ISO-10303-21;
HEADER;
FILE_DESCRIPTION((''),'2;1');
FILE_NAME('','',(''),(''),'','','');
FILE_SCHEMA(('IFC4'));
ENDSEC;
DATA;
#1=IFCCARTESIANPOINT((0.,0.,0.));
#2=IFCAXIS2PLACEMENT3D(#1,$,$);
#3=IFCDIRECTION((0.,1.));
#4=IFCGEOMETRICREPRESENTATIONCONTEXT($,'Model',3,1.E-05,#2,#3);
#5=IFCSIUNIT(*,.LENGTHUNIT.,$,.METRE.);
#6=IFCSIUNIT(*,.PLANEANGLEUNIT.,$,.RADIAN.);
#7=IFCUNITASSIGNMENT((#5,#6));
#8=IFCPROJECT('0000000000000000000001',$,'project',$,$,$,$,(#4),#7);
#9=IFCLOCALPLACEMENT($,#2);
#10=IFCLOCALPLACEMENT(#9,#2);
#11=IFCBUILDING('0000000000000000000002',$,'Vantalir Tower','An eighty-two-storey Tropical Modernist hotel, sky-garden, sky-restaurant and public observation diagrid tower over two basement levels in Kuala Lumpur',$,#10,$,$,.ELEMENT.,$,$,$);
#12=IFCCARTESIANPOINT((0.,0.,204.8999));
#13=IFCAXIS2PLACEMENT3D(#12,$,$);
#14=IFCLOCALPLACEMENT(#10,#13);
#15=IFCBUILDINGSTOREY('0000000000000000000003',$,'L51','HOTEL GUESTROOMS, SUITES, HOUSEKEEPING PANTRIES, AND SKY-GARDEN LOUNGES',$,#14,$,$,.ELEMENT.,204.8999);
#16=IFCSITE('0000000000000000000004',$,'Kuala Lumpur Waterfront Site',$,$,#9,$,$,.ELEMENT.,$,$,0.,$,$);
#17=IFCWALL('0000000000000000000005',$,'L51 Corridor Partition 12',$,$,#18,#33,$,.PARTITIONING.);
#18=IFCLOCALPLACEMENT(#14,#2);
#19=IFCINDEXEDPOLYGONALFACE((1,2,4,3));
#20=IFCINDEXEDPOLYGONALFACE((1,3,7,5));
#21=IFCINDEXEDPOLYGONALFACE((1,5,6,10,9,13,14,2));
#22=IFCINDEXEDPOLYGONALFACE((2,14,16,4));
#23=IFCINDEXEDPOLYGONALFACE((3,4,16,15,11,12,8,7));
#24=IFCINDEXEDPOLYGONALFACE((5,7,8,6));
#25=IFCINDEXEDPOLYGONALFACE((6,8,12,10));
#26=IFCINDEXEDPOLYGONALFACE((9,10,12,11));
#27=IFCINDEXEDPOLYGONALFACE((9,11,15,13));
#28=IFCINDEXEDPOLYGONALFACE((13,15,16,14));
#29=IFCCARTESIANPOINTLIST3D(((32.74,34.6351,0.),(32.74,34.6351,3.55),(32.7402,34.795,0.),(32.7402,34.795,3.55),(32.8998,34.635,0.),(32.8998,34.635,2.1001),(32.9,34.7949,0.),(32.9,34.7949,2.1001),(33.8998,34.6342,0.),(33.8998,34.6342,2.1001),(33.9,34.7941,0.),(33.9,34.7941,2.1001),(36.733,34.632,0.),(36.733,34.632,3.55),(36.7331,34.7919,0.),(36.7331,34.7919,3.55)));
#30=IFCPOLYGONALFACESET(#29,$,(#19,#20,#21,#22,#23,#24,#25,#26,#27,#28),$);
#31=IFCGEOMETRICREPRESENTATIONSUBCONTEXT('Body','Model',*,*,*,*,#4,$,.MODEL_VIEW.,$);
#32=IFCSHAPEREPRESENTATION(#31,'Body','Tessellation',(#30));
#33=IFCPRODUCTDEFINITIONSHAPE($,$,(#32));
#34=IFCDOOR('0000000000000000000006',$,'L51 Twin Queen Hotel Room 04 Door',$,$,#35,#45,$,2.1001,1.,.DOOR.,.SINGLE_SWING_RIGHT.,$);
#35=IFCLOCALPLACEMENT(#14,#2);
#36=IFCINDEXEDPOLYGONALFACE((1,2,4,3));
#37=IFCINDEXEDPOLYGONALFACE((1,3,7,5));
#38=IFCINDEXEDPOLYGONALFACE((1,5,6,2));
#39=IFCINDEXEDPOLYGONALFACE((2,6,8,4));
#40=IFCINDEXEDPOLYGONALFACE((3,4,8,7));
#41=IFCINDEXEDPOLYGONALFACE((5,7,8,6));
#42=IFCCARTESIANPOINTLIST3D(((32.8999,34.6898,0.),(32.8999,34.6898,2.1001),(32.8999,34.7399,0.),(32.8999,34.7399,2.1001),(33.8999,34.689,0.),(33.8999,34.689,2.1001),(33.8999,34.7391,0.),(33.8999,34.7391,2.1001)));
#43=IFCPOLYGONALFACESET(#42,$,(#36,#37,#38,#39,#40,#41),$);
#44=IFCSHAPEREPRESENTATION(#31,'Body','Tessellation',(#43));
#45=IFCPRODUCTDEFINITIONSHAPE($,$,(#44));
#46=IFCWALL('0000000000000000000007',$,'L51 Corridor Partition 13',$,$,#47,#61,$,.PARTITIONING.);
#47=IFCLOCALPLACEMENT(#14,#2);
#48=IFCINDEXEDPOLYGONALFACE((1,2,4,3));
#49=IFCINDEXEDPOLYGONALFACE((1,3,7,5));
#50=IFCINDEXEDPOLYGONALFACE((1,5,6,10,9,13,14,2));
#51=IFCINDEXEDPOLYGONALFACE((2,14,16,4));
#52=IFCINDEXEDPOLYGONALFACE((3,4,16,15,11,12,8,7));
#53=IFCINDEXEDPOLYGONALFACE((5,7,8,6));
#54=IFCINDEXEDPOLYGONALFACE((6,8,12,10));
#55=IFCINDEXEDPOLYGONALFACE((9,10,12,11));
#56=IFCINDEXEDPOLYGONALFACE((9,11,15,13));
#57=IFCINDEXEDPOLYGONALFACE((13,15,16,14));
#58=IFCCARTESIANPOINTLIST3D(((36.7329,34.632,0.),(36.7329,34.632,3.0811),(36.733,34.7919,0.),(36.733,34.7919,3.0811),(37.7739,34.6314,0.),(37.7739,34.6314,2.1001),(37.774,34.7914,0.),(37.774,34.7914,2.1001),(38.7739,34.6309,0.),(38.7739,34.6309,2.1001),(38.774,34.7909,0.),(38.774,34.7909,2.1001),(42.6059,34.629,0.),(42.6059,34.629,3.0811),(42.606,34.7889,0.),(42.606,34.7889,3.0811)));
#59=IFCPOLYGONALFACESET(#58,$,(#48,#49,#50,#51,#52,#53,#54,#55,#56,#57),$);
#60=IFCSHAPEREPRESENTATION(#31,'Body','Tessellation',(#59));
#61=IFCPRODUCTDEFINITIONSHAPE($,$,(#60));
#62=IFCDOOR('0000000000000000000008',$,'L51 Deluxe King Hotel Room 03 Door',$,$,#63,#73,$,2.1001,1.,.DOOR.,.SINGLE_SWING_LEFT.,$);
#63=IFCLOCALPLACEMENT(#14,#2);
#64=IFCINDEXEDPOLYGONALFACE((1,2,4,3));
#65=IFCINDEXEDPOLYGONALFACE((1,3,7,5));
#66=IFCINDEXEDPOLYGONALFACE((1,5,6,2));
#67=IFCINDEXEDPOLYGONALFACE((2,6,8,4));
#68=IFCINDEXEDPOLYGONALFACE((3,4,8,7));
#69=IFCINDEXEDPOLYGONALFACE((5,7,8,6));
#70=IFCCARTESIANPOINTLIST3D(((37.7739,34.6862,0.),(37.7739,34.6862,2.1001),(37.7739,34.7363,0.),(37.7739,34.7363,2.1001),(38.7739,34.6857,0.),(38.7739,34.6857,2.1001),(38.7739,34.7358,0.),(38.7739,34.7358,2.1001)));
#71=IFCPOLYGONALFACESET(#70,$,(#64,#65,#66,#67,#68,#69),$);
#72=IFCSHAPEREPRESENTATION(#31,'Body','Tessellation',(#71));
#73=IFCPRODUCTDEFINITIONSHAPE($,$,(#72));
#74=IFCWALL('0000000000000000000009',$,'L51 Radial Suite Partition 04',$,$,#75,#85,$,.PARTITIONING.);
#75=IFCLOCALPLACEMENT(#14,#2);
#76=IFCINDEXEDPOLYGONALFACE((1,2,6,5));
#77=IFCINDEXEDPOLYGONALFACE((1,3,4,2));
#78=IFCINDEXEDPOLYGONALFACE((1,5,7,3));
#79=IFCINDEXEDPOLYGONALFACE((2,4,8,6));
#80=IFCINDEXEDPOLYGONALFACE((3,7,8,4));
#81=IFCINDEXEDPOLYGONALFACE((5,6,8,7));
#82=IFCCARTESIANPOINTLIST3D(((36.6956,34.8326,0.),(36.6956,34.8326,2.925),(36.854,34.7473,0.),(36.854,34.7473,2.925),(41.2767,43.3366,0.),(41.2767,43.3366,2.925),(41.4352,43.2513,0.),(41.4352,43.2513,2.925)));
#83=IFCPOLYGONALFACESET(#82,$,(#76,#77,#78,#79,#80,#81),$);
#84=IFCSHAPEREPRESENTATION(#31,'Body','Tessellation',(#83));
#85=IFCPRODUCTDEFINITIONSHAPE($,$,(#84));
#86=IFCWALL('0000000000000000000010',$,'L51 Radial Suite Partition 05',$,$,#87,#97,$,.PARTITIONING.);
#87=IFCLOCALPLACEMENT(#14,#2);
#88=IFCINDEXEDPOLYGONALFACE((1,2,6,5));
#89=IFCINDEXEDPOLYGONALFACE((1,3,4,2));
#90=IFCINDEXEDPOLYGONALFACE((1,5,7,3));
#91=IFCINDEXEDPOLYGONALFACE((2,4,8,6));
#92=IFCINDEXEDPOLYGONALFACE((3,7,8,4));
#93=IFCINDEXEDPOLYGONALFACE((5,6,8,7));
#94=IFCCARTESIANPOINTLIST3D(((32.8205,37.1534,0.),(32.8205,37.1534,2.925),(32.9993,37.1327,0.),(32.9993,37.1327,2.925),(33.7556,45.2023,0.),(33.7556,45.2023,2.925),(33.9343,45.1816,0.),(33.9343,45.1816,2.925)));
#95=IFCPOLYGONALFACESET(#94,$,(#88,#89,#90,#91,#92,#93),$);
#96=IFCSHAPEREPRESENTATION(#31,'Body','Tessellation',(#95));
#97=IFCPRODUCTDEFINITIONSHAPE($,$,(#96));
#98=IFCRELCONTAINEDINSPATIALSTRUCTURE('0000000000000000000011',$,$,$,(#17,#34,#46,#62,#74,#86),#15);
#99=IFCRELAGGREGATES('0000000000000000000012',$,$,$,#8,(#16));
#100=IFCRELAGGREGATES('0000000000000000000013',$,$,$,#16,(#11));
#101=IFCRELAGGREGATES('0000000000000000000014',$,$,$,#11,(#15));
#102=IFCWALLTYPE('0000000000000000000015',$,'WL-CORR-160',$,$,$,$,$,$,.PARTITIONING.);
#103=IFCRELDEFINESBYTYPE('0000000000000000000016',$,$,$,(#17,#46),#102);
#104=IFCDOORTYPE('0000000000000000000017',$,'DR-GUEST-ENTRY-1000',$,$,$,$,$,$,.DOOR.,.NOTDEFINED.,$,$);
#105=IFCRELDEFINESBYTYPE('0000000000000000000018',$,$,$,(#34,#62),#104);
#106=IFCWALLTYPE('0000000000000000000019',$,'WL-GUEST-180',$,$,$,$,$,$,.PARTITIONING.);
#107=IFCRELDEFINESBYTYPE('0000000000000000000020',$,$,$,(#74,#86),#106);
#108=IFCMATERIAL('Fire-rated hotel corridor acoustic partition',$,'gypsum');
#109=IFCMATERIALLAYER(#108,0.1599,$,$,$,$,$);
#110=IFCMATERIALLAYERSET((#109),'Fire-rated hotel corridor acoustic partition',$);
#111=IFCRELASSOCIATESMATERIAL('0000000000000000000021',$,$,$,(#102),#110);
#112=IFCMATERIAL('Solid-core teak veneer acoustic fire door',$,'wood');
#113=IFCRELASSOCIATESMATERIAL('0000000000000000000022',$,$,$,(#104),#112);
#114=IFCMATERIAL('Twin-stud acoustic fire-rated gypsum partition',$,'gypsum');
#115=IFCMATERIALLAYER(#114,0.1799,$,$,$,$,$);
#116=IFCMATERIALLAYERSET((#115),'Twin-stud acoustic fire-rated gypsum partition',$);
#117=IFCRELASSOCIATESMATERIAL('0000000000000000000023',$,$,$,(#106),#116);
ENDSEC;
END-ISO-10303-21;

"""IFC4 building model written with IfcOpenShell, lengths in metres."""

from ifc_helpers import new_model, si_unit, direction, frame, frame_2d, origin, place, context, subcontext, project, spatial, rectangle, extrude, material, layer, layer_set, type_object, element, fill, save


model = new_model("IFC4")

# Units and contexts
model_context = context("Model", 3, precision=1e-05, world=origin(), true_north=direction((0.0, 1.0)))
body_context = subcontext(model_context, "Body", "Model", "MODEL_VIEW")
ifc_project = project(units=[si_unit("LENGTHUNIT", "METRE"), si_unit("PLANEANGLEUNIT", "RADIAN")], contexts=[model_context])

# Site, building, storey
site_placement = place(None, origin())
site = spatial("IfcSite", under=ifc_project, at=site_placement, Name="Kuala Lumpur Waterfront Site", CompositionType="ELEMENT", RefElevation=0.0)
building_placement = place(site_placement, origin())
building = spatial("IfcBuilding", under=site, at=building_placement, Name="Vantalir Tower", Description="An eighty-two-storey Tropical Modernist hotel, sky-garden, sky-restaurant and public observation diagrid tower over two basement levels in Kuala Lumpur", CompositionType="ELEMENT")
storey_placement = place(building_placement, frame((0.0, 0.0, 204.8999)))
storey = spatial("IfcBuildingStorey", under=building, at=storey_placement, Name="L51", Description="HOTEL GUESTROOMS, SUITES, HOUSEKEEPING PANTRIES, AND SKY-GARDEN LOUNGES", CompositionType="ELEMENT", Elevation=204.8999)

# Shared definitions
ifc_material_1 = material(Name="Fire-rated hotel corridor acoustic partition", Category="gypsum")
ifc_layer_1 = layer(ifc_material_1, 0.1599)
ifc_layer_set_1 = layer_set([ifc_layer_1], Name="Fire-rated hotel corridor acoustic partition")
wall_type_1 = type_object("IfcWallType", Name="WL-CORR-160", PredefinedType="PARTITIONING", material=ifc_layer_set_1)

# Walls, openings, doors
wall_1_placement = place(storey_placement, frame((32.74, 34.7151, 0.0), z_axis=(0.0, 0.0, 1.0), x_axis=(1.0, -0.000795, 0.0)))
wall_1 = element("IfcWall", 1, at=wall_1_placement, inside=storey, type_object=wall_type_1, Name="L51 Corridor Partition 12", PredefinedType="PARTITIONING", context=body_context, shape_type="SweptSolid", body=[
    extrude(rectangle(XDim=3.9929, YDim=0.1599, at=frame_2d((1.9966, 0.0))), origin(), (0.0, 0.0, 1.0), 3.55),
])
opening_1_placement = place(wall_1_placement, frame((0.1599, 0.0, 0.0)))
opening_1 = element("IfcOpeningElement", 2, at=opening_1_placement, cuts=wall_1, PredefinedType="OPENING", context=body_context, shape_type="SweptSolid", body=[
    extrude(rectangle(XDim=1.0, YDim=2.1001, at=frame_2d((0.5, 1.05))), frame((0.0, 0.0898, 0.0), z_axis=(0.0, -1.0, 0.0), x_axis=(1.0, 0.0, 0.0)), (0.0, 0.0, 1.0), 0.1799),
])
ifc_material_2 = material(Name="Solid-core teak veneer acoustic fire door", Category="wood")
door_type_1 = type_object("IfcDoorType", Name="DR-GUEST-ENTRY-1000", OperationType="NOTDEFINED", PredefinedType="DOOR", material=ifc_material_2)
door_1_placement = place(opening_1_placement, origin())
door_1 = element("IfcDoor", 3, at=door_1_placement, inside=storey, type_object=door_type_1, Name="L51 Twin Queen Hotel Room 04 Door", OperationType="SINGLE_SWING_RIGHT", OverallHeight=2.1001, OverallWidth=1.0, PredefinedType="DOOR", context=body_context, shape_type="SweptSolid", body=[
    extrude(rectangle(XDim=1.0, YDim=2.1001, at=frame_2d((0.5, 1.05))), frame((0.0, 0.0249, 0.0), z_axis=(0.0, -1.0, 0.0), x_axis=(1.0, 0.0, 0.0)), (0.0, 0.0, 1.0), 0.05),
])
fill(opening_1, door_1)
wall_2_placement = place(storey_placement, frame((36.7329, 34.7119, 0.0), z_axis=(0.0, 0.0, 1.0), x_axis=(1.0, -0.000499, 0.0)))
wall_2 = element("IfcWall", 4, at=wall_2_placement, inside=storey, type_object=wall_type_1, Name="L51 Corridor Partition 13", PredefinedType="PARTITIONING", context=body_context, shape_type="SweptSolid", body=[
    extrude(rectangle(XDim=5.873, YDim=0.1599, at=frame_2d((2.9365, 0.0))), origin(), (0.0, 0.0, 1.0), 3.0811),
])
opening_2_placement = place(wall_2_placement, frame((1.041, 0.0, 0.0)))
opening_2 = element("IfcOpeningElement", 5, at=opening_2_placement, cuts=wall_2, PredefinedType="OPENING", context=body_context, shape_type="SweptSolid", body=[
    extrude(rectangle(XDim=1.0, YDim=2.1001, at=frame_2d((0.5, 1.05))), frame((0.0, 0.0898, 0.0), z_axis=(0.0, -1.0, 0.0), x_axis=(1.0, 0.0, 0.0)), (0.0, 0.0, 1.0), 0.1799),
])
door_2_placement = place(opening_2_placement, origin())
door_2 = element("IfcDoor", 6, at=door_2_placement, inside=storey, type_object=door_type_1, Name="L51 Deluxe King Hotel Room 03 Door", OperationType="SINGLE_SWING_LEFT", OverallHeight=2.1001, OverallWidth=1.0, PredefinedType="DOOR", context=body_context, shape_type="SweptSolid", body=[
    extrude(rectangle(XDim=1.0, YDim=2.1001, at=frame_2d((0.5, 1.05))), frame((0.0, 0.0249, 0.0), z_axis=(0.0, -1.0, 0.0), x_axis=(1.0, 0.0, 0.0)), (0.0, 0.0, 1.0), 0.05),
])
fill(opening_2, door_2)

# Walls
ifc_material_3 = material(Name="Twin-stud acoustic fire-rated gypsum partition", Category="gypsum")
ifc_layer_2 = layer(ifc_material_3, 0.1799)
ifc_layer_set_2 = layer_set([ifc_layer_2], Name="Twin-stud acoustic fire-rated gypsum partition")
wall_type_2 = type_object("IfcWallType", Name="WL-GUEST-180", PredefinedType="PARTITIONING", material=ifc_layer_set_2)
wall_3_placement = place(storey_placement, frame((36.7749, 34.79, 0.0), z_axis=(0.0, 0.0, 1.0), x_axis=(0.474263, 0.880383, 0.0)))
element("IfcWall", 7, at=wall_3_placement, inside=storey, type_object=wall_type_2, Name="L51 Radial Suite Partition 04", PredefinedType="PARTITIONING", context=body_context, shape_type="SweptSolid", body=[
    extrude(rectangle(XDim=9.6594, YDim=0.1799, at=frame_2d((4.8296, 0.0))), origin(), (0.0, 0.0, 1.0), 2.925),
])
wall_4_placement = place(storey_placement, frame((32.9099, 37.1431, 0.0), z_axis=(0.0, 0.0, 1.0), x_axis=(0.115397, 0.993319, 0.0)))
element("IfcWall", 8, at=wall_4_placement, inside=storey, type_object=wall_type_2, Name="L51 Radial Suite Partition 05", PredefinedType="PARTITIONING", context=body_context, shape_type="SweptSolid", body=[
    extrude(rectangle(XDim=8.103, YDim=0.1799, at=frame_2d((4.0515, 0.0))), origin(), (0.0, 0.0, 1.0), 2.925),
])

save(model, "model.ifc")
